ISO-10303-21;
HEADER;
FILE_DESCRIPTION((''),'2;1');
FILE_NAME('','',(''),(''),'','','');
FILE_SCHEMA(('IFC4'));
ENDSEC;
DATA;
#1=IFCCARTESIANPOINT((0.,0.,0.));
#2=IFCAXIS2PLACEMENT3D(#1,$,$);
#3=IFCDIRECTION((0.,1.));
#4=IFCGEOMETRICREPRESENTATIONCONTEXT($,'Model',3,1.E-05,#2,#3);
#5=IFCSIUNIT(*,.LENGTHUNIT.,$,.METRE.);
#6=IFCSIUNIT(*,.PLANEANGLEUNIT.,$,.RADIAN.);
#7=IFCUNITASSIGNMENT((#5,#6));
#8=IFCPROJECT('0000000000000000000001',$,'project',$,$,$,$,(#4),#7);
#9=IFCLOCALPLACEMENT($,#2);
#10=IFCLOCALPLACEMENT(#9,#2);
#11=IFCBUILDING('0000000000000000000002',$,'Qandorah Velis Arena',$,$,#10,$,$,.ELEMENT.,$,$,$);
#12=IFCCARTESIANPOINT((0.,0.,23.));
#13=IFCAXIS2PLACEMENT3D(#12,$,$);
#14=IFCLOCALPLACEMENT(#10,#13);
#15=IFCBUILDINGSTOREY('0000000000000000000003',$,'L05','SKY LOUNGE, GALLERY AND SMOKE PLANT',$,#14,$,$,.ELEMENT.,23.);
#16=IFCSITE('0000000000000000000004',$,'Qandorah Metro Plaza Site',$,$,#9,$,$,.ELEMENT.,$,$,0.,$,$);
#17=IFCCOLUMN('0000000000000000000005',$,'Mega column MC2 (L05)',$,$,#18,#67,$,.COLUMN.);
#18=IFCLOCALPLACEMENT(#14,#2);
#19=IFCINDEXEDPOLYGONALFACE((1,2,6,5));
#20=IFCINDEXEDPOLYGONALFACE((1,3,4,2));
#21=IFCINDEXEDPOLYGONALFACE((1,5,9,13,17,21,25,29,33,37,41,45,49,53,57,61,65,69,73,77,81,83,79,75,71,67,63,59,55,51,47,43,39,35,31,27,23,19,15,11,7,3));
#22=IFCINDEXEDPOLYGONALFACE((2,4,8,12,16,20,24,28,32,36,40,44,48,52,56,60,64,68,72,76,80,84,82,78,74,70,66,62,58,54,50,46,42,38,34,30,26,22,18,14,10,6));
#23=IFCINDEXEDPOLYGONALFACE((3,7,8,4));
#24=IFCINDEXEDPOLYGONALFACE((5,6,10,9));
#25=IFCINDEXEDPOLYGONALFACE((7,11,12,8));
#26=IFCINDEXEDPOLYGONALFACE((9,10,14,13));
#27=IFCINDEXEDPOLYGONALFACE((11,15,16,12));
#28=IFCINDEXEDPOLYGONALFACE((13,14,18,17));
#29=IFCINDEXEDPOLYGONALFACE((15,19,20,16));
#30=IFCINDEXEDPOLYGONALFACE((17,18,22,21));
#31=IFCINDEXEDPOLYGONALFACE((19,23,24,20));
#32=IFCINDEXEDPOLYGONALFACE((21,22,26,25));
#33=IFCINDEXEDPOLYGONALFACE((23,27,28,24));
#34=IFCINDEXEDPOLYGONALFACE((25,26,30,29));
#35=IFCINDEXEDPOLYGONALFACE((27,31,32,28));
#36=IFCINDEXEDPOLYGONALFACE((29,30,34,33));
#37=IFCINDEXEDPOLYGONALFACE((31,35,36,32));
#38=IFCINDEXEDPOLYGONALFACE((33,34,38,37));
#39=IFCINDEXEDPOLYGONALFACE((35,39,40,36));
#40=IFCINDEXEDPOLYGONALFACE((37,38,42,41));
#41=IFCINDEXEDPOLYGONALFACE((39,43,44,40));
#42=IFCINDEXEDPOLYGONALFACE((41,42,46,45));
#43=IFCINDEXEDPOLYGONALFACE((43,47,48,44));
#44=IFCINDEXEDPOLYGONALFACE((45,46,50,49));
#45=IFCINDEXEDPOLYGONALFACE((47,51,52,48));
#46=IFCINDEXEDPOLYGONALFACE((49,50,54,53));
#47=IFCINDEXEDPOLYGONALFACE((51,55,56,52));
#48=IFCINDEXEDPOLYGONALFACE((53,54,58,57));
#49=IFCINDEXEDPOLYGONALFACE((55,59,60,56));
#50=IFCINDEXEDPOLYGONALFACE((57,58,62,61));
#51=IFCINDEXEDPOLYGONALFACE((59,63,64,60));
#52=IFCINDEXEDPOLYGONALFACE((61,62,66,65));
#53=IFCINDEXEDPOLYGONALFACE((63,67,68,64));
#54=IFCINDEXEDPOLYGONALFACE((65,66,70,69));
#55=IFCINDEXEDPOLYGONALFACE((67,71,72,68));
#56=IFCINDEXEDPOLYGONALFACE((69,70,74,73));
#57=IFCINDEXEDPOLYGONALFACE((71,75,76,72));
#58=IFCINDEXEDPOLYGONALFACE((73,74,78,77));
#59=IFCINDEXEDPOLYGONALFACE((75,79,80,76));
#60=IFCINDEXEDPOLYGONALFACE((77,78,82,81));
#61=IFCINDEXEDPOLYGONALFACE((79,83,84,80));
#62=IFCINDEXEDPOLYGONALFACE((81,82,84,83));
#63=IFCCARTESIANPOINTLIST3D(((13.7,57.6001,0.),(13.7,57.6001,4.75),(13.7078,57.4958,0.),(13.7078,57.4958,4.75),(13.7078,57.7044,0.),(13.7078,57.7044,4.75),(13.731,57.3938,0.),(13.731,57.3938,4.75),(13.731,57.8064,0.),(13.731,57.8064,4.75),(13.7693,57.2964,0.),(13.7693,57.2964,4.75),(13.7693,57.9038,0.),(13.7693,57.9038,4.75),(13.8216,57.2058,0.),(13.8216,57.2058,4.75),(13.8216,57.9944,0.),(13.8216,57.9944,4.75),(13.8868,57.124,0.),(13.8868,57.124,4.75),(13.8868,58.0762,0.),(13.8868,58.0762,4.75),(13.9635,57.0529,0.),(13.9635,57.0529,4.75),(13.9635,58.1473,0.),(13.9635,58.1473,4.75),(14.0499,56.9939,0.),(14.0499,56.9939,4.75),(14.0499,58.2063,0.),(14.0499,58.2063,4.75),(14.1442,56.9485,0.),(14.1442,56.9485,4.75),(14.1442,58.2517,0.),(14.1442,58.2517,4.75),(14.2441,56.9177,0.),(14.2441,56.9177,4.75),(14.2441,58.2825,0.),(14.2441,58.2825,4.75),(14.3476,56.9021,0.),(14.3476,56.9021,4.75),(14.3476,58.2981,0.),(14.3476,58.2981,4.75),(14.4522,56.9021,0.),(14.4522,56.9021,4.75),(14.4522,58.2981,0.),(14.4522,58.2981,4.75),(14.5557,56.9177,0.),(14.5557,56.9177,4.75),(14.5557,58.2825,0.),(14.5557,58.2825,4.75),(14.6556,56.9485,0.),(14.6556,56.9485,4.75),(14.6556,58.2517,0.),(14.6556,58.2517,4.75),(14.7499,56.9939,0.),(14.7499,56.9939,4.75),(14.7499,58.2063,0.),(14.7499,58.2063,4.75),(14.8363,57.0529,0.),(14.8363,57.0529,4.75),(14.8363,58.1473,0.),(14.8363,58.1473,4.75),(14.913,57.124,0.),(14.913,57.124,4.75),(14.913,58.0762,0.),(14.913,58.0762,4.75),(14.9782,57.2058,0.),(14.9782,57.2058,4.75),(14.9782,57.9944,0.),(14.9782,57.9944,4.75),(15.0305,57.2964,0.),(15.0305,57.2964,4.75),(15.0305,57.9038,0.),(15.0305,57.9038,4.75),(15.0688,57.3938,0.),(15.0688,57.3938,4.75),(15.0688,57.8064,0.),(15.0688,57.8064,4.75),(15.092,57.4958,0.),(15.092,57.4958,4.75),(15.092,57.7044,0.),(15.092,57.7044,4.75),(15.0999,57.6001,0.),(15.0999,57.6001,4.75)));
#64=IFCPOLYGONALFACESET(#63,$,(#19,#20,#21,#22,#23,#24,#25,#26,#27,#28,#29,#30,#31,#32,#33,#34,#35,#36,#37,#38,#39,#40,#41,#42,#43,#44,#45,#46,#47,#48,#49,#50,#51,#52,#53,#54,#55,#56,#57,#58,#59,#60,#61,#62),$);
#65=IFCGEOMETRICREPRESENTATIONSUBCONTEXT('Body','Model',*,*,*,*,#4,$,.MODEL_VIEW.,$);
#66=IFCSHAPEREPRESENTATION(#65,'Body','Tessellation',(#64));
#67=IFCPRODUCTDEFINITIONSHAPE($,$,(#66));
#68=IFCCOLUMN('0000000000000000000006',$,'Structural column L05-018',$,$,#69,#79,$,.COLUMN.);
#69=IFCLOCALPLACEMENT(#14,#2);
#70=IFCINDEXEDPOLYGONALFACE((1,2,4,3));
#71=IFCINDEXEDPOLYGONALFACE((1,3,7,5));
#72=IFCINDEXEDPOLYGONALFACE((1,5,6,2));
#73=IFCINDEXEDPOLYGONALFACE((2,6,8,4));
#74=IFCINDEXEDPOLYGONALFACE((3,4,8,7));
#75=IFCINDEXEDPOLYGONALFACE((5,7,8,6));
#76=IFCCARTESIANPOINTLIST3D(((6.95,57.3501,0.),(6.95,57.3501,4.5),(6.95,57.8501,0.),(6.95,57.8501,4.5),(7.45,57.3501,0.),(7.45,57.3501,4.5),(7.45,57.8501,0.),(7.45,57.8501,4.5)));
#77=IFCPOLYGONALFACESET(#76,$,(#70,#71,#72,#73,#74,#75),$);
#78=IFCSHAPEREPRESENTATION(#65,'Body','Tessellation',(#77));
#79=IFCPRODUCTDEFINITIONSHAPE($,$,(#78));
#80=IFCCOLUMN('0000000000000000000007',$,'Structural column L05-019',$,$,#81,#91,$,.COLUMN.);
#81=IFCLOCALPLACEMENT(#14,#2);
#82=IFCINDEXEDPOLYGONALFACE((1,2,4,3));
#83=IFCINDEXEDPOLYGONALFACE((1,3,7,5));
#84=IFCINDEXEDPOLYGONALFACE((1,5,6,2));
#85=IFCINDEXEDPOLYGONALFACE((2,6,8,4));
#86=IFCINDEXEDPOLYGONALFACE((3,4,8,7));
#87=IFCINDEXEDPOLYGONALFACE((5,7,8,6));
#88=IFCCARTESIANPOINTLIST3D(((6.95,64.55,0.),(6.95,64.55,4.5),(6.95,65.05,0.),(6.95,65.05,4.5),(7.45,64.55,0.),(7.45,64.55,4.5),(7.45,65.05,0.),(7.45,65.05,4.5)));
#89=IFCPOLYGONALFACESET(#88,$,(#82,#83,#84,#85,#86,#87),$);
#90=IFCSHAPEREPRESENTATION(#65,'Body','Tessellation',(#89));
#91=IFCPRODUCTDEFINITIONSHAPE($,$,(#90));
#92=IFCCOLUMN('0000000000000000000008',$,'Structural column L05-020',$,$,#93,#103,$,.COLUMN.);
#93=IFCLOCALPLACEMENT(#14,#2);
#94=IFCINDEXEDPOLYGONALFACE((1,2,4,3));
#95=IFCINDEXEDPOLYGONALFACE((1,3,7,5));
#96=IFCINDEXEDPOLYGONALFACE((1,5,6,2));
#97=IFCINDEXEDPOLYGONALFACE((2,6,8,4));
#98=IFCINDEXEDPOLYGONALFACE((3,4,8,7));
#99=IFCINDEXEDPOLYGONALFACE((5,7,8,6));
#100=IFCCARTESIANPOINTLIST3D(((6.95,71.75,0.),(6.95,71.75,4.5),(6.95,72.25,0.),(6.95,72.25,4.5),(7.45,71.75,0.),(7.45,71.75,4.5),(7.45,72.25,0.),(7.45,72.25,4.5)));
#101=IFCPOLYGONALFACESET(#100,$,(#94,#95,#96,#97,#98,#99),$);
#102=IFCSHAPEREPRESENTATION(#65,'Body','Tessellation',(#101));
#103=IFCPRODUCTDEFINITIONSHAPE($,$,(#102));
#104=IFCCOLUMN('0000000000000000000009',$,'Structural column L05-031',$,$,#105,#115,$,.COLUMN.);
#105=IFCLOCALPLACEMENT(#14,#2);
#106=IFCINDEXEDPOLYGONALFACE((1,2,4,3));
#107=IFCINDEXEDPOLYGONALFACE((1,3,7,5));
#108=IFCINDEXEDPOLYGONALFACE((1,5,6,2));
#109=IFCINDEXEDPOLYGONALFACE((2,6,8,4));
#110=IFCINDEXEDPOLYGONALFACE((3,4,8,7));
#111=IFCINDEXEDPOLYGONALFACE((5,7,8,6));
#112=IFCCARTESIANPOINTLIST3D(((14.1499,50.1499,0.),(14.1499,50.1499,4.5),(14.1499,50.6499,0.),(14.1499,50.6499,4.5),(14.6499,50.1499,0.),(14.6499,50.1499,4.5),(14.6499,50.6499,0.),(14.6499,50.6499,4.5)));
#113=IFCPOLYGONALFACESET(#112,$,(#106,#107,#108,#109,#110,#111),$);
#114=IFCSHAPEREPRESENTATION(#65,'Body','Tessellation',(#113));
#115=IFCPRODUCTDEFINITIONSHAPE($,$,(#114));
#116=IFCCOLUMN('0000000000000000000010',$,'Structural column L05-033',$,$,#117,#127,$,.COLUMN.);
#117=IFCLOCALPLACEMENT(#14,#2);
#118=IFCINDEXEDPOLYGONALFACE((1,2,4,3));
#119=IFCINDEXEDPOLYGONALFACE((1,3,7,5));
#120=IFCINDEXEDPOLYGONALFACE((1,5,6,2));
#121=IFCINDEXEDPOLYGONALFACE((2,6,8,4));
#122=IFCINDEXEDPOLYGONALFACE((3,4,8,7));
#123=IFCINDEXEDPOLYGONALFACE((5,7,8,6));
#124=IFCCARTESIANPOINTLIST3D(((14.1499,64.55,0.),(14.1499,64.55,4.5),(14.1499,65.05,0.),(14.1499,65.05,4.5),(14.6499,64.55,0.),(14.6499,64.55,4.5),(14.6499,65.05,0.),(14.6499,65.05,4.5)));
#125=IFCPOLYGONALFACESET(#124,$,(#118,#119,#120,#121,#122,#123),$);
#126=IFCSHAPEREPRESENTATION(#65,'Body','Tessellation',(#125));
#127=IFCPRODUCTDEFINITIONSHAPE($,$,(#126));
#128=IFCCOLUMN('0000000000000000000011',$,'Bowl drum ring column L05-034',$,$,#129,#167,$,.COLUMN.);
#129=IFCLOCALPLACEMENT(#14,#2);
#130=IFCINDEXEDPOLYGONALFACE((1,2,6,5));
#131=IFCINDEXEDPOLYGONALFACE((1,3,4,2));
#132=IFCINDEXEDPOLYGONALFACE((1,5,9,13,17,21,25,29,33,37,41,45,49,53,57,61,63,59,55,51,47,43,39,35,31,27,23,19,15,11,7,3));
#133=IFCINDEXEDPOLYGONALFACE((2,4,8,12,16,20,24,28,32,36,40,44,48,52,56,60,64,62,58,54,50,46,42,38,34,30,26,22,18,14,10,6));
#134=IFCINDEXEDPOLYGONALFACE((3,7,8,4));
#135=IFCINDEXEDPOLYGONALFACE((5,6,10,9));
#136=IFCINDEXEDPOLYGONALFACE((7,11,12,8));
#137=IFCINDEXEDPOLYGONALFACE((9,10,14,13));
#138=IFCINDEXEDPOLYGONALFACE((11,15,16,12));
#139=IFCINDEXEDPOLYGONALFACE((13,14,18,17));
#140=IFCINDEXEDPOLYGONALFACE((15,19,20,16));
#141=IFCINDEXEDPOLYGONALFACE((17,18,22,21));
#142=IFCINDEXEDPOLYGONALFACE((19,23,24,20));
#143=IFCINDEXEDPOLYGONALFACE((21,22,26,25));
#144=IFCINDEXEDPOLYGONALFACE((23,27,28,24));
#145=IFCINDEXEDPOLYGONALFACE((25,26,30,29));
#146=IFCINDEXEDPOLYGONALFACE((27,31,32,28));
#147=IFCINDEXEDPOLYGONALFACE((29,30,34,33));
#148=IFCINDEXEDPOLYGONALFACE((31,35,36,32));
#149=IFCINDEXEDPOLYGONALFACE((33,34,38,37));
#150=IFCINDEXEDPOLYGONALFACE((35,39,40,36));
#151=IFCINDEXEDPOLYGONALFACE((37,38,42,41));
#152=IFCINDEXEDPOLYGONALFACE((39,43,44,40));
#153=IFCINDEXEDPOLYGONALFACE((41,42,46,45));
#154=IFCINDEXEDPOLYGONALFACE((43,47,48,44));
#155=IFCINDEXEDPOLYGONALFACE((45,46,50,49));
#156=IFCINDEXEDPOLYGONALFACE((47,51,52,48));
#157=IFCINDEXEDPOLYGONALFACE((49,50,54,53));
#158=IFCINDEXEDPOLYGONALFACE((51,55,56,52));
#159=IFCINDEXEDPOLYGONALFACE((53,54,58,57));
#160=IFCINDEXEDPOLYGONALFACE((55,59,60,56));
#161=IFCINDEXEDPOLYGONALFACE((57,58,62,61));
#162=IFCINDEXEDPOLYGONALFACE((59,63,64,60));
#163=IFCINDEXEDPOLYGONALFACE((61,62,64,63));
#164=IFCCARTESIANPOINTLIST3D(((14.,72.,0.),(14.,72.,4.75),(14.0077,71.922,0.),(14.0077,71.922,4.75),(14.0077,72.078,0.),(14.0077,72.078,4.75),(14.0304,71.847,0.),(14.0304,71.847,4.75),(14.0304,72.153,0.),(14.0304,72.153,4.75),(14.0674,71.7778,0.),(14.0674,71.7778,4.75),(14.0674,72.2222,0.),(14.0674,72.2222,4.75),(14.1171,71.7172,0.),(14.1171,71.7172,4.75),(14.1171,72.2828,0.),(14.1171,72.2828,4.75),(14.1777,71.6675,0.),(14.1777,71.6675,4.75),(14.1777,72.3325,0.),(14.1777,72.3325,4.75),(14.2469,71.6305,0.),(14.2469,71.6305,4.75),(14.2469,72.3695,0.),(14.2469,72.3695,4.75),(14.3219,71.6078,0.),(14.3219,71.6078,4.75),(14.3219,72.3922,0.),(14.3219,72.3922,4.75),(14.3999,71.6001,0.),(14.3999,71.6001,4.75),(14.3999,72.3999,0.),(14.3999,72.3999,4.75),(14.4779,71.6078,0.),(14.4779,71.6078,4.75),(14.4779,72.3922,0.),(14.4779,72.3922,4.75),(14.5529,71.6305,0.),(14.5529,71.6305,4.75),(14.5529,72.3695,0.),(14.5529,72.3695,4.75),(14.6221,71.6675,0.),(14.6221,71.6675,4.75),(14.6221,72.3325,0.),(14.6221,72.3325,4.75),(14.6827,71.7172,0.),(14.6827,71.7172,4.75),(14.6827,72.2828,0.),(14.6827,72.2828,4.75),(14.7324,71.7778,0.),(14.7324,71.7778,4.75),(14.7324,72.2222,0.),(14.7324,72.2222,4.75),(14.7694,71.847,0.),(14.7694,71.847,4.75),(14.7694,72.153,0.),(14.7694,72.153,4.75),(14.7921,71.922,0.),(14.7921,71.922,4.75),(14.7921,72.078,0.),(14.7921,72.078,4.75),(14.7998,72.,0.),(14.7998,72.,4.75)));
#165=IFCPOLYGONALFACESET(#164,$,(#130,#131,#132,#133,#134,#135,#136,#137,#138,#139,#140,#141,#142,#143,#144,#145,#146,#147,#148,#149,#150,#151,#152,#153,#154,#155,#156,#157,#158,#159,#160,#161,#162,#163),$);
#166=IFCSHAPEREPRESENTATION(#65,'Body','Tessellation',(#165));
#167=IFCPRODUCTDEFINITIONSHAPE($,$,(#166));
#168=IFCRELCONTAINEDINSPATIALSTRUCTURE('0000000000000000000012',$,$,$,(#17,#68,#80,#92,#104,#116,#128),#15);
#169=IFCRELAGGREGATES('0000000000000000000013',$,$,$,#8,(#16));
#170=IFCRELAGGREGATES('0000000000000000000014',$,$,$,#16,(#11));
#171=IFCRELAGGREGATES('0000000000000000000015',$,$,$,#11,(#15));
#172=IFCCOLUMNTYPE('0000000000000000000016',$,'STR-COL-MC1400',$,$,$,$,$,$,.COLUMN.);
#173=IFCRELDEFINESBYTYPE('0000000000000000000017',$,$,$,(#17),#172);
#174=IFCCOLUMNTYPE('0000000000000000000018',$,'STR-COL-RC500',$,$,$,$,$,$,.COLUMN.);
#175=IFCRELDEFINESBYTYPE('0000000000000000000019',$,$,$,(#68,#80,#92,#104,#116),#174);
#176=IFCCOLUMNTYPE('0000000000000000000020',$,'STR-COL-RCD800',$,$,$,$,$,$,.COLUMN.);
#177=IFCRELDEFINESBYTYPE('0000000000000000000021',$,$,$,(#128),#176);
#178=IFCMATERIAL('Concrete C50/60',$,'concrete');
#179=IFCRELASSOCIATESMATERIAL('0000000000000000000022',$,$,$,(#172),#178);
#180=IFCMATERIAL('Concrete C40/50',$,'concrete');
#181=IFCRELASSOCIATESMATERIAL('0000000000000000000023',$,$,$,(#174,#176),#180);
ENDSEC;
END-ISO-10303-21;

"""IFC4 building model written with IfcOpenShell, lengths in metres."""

from ifc_helpers import new_model, si_unit, direction, frame, origin, origin_2d, place, context, subcontext, project, spatial, rectangle, circle, extrude, material, material_profile, profile_set, type_object, element, save


model = new_model("IFC4")

# Units and contexts
model_context = context("Model", 3, precision=1e-05, world=origin(), true_north=direction((0.0, 1.0)))
body_context = subcontext(model_context, "Body", "Model", "MODEL_VIEW")
ifc_project = project(units=[si_unit("LENGTHUNIT", "METRE"), si_unit("PLANEANGLEUNIT", "RADIAN")], contexts=[model_context])

# Site, building, storey
site_placement = place(None, origin())
site = spatial("IfcSite", under=ifc_project, at=site_placement, Name="Qandorah Metro Plaza Site", CompositionType="ELEMENT", RefElevation=0.0)
building_placement = place(site_placement, origin())
building = spatial("IfcBuilding", under=site, at=building_placement, Name="Qandorah Velis Arena", CompositionType="ELEMENT")
storey_placement = place(building_placement, frame((0.0, 0.0, 23.0)))
storey = spatial("IfcBuildingStorey", under=building, at=storey_placement, Name="L05", Description="SKY LOUNGE, GALLERY AND SMOKE PLANT", CompositionType="ELEMENT", Elevation=23.0)

# Columns
ifc_material_1 = material(Name="Concrete C50/60", Category="concrete")
ifc_material_profile_1 = material_profile(ifc_material_1, circle(Radius=0.7, at=origin_2d()), Name="MC D1400")
ifc_profile_set_1 = profile_set([ifc_material_profile_1], Name="Concrete C50/60")
column_type_1 = type_object("IfcColumnType", Name="STR-COL-MC1400", PredefinedType="COLUMN", material=ifc_profile_set_1)
column_1_placement = place(storey_placement, frame((14.3999, 57.6001, 0.0), z_axis=(0.0, 0.0, 1.0), x_axis=(1.0, 0.0, 0.0)))
element("IfcColumn", 1, at=column_1_placement, inside=storey, type_object=column_type_1, Name="Mega column MC2 (L05)", PredefinedType="COLUMN", context=body_context, shape_type="SweptSolid", body=[
    extrude(circle(Radius=0.7, at=origin_2d()), origin(), (0.0, 0.0, 1.0), 4.75),
])
ifc_material_2 = material(Name="Concrete C40/50", Category="concrete")
ifc_material_profile_2 = material_profile(ifc_material_2, rectangle(XDim=0.5, YDim=0.5, at=origin_2d()), Name="RC COL 500x500")
ifc_profile_set_2 = profile_set([ifc_material_profile_2], Name="Concrete C40/50")
column_type_2 = type_object("IfcColumnType", Name="STR-COL-RC500", PredefinedType="COLUMN", material=ifc_profile_set_2)
for number, where, z_axis, x_axis, name in (
    (2, (7.2, 57.6001, 0.0), (0.0, 0.0, 1.0), (1.0, 0.0, 0.0), "Structural column L05-018"),
    (3, (7.2, 64.8, 0.0), (0.0, 0.0, 1.0), (1.0, 0.0, 0.0), "Structural column L05-019"),
    (4, (7.2, 72.0, 0.0), (0.0, 0.0, 1.0), (1.0, 0.0, 0.0), "Structural column L05-020"),
    (5, (14.3999, 50.3999, 0.0), (0.0, 0.0, 1.0), (1.0, 0.0, 0.0), "Structural column L05-031"),
    (6, (14.3999, 64.8, 0.0), (0.0, 0.0, 1.0), (1.0, 0.0, 0.0), "Structural column L05-033"),
):
    element("IfcColumn", number, at=place(storey_placement, frame(where, z_axis=z_axis, x_axis=x_axis)), inside=storey, type_object=column_type_2, Name=name, PredefinedType="COLUMN", context=body_context, shape_type="SweptSolid", body=[
        extrude(rectangle(XDim=0.5, YDim=0.5, at=origin_2d()), origin(), (0.0, 0.0, 1.0), 4.5),
    ])
ifc_material_profile_3 = material_profile(ifc_material_2, circle(Radius=0.3999, at=origin_2d()), Name="RC D800")
ifc_profile_set_3 = profile_set([ifc_material_profile_3], Name="Concrete C40/50")
column_type_3 = type_object("IfcColumnType", Name="STR-COL-RCD800", PredefinedType="COLUMN", material=ifc_profile_set_3)
column_2_placement = place(storey_placement, frame((14.3999, 72.0, 0.0), z_axis=(0.0, 0.0, 1.0), x_axis=(1.0, 0.0, 0.0)))
element("IfcColumn", 7, at=column_2_placement, inside=storey, type_object=column_type_3, Name="Bowl drum ring column L05-034", PredefinedType="COLUMN", context=body_context, shape_type="SweptSolid", body=[
    extrude(circle(Radius=0.3999, at=origin_2d()), origin(), (0.0, 0.0, 1.0), 4.75),
])

save(model, "model.ifc")
